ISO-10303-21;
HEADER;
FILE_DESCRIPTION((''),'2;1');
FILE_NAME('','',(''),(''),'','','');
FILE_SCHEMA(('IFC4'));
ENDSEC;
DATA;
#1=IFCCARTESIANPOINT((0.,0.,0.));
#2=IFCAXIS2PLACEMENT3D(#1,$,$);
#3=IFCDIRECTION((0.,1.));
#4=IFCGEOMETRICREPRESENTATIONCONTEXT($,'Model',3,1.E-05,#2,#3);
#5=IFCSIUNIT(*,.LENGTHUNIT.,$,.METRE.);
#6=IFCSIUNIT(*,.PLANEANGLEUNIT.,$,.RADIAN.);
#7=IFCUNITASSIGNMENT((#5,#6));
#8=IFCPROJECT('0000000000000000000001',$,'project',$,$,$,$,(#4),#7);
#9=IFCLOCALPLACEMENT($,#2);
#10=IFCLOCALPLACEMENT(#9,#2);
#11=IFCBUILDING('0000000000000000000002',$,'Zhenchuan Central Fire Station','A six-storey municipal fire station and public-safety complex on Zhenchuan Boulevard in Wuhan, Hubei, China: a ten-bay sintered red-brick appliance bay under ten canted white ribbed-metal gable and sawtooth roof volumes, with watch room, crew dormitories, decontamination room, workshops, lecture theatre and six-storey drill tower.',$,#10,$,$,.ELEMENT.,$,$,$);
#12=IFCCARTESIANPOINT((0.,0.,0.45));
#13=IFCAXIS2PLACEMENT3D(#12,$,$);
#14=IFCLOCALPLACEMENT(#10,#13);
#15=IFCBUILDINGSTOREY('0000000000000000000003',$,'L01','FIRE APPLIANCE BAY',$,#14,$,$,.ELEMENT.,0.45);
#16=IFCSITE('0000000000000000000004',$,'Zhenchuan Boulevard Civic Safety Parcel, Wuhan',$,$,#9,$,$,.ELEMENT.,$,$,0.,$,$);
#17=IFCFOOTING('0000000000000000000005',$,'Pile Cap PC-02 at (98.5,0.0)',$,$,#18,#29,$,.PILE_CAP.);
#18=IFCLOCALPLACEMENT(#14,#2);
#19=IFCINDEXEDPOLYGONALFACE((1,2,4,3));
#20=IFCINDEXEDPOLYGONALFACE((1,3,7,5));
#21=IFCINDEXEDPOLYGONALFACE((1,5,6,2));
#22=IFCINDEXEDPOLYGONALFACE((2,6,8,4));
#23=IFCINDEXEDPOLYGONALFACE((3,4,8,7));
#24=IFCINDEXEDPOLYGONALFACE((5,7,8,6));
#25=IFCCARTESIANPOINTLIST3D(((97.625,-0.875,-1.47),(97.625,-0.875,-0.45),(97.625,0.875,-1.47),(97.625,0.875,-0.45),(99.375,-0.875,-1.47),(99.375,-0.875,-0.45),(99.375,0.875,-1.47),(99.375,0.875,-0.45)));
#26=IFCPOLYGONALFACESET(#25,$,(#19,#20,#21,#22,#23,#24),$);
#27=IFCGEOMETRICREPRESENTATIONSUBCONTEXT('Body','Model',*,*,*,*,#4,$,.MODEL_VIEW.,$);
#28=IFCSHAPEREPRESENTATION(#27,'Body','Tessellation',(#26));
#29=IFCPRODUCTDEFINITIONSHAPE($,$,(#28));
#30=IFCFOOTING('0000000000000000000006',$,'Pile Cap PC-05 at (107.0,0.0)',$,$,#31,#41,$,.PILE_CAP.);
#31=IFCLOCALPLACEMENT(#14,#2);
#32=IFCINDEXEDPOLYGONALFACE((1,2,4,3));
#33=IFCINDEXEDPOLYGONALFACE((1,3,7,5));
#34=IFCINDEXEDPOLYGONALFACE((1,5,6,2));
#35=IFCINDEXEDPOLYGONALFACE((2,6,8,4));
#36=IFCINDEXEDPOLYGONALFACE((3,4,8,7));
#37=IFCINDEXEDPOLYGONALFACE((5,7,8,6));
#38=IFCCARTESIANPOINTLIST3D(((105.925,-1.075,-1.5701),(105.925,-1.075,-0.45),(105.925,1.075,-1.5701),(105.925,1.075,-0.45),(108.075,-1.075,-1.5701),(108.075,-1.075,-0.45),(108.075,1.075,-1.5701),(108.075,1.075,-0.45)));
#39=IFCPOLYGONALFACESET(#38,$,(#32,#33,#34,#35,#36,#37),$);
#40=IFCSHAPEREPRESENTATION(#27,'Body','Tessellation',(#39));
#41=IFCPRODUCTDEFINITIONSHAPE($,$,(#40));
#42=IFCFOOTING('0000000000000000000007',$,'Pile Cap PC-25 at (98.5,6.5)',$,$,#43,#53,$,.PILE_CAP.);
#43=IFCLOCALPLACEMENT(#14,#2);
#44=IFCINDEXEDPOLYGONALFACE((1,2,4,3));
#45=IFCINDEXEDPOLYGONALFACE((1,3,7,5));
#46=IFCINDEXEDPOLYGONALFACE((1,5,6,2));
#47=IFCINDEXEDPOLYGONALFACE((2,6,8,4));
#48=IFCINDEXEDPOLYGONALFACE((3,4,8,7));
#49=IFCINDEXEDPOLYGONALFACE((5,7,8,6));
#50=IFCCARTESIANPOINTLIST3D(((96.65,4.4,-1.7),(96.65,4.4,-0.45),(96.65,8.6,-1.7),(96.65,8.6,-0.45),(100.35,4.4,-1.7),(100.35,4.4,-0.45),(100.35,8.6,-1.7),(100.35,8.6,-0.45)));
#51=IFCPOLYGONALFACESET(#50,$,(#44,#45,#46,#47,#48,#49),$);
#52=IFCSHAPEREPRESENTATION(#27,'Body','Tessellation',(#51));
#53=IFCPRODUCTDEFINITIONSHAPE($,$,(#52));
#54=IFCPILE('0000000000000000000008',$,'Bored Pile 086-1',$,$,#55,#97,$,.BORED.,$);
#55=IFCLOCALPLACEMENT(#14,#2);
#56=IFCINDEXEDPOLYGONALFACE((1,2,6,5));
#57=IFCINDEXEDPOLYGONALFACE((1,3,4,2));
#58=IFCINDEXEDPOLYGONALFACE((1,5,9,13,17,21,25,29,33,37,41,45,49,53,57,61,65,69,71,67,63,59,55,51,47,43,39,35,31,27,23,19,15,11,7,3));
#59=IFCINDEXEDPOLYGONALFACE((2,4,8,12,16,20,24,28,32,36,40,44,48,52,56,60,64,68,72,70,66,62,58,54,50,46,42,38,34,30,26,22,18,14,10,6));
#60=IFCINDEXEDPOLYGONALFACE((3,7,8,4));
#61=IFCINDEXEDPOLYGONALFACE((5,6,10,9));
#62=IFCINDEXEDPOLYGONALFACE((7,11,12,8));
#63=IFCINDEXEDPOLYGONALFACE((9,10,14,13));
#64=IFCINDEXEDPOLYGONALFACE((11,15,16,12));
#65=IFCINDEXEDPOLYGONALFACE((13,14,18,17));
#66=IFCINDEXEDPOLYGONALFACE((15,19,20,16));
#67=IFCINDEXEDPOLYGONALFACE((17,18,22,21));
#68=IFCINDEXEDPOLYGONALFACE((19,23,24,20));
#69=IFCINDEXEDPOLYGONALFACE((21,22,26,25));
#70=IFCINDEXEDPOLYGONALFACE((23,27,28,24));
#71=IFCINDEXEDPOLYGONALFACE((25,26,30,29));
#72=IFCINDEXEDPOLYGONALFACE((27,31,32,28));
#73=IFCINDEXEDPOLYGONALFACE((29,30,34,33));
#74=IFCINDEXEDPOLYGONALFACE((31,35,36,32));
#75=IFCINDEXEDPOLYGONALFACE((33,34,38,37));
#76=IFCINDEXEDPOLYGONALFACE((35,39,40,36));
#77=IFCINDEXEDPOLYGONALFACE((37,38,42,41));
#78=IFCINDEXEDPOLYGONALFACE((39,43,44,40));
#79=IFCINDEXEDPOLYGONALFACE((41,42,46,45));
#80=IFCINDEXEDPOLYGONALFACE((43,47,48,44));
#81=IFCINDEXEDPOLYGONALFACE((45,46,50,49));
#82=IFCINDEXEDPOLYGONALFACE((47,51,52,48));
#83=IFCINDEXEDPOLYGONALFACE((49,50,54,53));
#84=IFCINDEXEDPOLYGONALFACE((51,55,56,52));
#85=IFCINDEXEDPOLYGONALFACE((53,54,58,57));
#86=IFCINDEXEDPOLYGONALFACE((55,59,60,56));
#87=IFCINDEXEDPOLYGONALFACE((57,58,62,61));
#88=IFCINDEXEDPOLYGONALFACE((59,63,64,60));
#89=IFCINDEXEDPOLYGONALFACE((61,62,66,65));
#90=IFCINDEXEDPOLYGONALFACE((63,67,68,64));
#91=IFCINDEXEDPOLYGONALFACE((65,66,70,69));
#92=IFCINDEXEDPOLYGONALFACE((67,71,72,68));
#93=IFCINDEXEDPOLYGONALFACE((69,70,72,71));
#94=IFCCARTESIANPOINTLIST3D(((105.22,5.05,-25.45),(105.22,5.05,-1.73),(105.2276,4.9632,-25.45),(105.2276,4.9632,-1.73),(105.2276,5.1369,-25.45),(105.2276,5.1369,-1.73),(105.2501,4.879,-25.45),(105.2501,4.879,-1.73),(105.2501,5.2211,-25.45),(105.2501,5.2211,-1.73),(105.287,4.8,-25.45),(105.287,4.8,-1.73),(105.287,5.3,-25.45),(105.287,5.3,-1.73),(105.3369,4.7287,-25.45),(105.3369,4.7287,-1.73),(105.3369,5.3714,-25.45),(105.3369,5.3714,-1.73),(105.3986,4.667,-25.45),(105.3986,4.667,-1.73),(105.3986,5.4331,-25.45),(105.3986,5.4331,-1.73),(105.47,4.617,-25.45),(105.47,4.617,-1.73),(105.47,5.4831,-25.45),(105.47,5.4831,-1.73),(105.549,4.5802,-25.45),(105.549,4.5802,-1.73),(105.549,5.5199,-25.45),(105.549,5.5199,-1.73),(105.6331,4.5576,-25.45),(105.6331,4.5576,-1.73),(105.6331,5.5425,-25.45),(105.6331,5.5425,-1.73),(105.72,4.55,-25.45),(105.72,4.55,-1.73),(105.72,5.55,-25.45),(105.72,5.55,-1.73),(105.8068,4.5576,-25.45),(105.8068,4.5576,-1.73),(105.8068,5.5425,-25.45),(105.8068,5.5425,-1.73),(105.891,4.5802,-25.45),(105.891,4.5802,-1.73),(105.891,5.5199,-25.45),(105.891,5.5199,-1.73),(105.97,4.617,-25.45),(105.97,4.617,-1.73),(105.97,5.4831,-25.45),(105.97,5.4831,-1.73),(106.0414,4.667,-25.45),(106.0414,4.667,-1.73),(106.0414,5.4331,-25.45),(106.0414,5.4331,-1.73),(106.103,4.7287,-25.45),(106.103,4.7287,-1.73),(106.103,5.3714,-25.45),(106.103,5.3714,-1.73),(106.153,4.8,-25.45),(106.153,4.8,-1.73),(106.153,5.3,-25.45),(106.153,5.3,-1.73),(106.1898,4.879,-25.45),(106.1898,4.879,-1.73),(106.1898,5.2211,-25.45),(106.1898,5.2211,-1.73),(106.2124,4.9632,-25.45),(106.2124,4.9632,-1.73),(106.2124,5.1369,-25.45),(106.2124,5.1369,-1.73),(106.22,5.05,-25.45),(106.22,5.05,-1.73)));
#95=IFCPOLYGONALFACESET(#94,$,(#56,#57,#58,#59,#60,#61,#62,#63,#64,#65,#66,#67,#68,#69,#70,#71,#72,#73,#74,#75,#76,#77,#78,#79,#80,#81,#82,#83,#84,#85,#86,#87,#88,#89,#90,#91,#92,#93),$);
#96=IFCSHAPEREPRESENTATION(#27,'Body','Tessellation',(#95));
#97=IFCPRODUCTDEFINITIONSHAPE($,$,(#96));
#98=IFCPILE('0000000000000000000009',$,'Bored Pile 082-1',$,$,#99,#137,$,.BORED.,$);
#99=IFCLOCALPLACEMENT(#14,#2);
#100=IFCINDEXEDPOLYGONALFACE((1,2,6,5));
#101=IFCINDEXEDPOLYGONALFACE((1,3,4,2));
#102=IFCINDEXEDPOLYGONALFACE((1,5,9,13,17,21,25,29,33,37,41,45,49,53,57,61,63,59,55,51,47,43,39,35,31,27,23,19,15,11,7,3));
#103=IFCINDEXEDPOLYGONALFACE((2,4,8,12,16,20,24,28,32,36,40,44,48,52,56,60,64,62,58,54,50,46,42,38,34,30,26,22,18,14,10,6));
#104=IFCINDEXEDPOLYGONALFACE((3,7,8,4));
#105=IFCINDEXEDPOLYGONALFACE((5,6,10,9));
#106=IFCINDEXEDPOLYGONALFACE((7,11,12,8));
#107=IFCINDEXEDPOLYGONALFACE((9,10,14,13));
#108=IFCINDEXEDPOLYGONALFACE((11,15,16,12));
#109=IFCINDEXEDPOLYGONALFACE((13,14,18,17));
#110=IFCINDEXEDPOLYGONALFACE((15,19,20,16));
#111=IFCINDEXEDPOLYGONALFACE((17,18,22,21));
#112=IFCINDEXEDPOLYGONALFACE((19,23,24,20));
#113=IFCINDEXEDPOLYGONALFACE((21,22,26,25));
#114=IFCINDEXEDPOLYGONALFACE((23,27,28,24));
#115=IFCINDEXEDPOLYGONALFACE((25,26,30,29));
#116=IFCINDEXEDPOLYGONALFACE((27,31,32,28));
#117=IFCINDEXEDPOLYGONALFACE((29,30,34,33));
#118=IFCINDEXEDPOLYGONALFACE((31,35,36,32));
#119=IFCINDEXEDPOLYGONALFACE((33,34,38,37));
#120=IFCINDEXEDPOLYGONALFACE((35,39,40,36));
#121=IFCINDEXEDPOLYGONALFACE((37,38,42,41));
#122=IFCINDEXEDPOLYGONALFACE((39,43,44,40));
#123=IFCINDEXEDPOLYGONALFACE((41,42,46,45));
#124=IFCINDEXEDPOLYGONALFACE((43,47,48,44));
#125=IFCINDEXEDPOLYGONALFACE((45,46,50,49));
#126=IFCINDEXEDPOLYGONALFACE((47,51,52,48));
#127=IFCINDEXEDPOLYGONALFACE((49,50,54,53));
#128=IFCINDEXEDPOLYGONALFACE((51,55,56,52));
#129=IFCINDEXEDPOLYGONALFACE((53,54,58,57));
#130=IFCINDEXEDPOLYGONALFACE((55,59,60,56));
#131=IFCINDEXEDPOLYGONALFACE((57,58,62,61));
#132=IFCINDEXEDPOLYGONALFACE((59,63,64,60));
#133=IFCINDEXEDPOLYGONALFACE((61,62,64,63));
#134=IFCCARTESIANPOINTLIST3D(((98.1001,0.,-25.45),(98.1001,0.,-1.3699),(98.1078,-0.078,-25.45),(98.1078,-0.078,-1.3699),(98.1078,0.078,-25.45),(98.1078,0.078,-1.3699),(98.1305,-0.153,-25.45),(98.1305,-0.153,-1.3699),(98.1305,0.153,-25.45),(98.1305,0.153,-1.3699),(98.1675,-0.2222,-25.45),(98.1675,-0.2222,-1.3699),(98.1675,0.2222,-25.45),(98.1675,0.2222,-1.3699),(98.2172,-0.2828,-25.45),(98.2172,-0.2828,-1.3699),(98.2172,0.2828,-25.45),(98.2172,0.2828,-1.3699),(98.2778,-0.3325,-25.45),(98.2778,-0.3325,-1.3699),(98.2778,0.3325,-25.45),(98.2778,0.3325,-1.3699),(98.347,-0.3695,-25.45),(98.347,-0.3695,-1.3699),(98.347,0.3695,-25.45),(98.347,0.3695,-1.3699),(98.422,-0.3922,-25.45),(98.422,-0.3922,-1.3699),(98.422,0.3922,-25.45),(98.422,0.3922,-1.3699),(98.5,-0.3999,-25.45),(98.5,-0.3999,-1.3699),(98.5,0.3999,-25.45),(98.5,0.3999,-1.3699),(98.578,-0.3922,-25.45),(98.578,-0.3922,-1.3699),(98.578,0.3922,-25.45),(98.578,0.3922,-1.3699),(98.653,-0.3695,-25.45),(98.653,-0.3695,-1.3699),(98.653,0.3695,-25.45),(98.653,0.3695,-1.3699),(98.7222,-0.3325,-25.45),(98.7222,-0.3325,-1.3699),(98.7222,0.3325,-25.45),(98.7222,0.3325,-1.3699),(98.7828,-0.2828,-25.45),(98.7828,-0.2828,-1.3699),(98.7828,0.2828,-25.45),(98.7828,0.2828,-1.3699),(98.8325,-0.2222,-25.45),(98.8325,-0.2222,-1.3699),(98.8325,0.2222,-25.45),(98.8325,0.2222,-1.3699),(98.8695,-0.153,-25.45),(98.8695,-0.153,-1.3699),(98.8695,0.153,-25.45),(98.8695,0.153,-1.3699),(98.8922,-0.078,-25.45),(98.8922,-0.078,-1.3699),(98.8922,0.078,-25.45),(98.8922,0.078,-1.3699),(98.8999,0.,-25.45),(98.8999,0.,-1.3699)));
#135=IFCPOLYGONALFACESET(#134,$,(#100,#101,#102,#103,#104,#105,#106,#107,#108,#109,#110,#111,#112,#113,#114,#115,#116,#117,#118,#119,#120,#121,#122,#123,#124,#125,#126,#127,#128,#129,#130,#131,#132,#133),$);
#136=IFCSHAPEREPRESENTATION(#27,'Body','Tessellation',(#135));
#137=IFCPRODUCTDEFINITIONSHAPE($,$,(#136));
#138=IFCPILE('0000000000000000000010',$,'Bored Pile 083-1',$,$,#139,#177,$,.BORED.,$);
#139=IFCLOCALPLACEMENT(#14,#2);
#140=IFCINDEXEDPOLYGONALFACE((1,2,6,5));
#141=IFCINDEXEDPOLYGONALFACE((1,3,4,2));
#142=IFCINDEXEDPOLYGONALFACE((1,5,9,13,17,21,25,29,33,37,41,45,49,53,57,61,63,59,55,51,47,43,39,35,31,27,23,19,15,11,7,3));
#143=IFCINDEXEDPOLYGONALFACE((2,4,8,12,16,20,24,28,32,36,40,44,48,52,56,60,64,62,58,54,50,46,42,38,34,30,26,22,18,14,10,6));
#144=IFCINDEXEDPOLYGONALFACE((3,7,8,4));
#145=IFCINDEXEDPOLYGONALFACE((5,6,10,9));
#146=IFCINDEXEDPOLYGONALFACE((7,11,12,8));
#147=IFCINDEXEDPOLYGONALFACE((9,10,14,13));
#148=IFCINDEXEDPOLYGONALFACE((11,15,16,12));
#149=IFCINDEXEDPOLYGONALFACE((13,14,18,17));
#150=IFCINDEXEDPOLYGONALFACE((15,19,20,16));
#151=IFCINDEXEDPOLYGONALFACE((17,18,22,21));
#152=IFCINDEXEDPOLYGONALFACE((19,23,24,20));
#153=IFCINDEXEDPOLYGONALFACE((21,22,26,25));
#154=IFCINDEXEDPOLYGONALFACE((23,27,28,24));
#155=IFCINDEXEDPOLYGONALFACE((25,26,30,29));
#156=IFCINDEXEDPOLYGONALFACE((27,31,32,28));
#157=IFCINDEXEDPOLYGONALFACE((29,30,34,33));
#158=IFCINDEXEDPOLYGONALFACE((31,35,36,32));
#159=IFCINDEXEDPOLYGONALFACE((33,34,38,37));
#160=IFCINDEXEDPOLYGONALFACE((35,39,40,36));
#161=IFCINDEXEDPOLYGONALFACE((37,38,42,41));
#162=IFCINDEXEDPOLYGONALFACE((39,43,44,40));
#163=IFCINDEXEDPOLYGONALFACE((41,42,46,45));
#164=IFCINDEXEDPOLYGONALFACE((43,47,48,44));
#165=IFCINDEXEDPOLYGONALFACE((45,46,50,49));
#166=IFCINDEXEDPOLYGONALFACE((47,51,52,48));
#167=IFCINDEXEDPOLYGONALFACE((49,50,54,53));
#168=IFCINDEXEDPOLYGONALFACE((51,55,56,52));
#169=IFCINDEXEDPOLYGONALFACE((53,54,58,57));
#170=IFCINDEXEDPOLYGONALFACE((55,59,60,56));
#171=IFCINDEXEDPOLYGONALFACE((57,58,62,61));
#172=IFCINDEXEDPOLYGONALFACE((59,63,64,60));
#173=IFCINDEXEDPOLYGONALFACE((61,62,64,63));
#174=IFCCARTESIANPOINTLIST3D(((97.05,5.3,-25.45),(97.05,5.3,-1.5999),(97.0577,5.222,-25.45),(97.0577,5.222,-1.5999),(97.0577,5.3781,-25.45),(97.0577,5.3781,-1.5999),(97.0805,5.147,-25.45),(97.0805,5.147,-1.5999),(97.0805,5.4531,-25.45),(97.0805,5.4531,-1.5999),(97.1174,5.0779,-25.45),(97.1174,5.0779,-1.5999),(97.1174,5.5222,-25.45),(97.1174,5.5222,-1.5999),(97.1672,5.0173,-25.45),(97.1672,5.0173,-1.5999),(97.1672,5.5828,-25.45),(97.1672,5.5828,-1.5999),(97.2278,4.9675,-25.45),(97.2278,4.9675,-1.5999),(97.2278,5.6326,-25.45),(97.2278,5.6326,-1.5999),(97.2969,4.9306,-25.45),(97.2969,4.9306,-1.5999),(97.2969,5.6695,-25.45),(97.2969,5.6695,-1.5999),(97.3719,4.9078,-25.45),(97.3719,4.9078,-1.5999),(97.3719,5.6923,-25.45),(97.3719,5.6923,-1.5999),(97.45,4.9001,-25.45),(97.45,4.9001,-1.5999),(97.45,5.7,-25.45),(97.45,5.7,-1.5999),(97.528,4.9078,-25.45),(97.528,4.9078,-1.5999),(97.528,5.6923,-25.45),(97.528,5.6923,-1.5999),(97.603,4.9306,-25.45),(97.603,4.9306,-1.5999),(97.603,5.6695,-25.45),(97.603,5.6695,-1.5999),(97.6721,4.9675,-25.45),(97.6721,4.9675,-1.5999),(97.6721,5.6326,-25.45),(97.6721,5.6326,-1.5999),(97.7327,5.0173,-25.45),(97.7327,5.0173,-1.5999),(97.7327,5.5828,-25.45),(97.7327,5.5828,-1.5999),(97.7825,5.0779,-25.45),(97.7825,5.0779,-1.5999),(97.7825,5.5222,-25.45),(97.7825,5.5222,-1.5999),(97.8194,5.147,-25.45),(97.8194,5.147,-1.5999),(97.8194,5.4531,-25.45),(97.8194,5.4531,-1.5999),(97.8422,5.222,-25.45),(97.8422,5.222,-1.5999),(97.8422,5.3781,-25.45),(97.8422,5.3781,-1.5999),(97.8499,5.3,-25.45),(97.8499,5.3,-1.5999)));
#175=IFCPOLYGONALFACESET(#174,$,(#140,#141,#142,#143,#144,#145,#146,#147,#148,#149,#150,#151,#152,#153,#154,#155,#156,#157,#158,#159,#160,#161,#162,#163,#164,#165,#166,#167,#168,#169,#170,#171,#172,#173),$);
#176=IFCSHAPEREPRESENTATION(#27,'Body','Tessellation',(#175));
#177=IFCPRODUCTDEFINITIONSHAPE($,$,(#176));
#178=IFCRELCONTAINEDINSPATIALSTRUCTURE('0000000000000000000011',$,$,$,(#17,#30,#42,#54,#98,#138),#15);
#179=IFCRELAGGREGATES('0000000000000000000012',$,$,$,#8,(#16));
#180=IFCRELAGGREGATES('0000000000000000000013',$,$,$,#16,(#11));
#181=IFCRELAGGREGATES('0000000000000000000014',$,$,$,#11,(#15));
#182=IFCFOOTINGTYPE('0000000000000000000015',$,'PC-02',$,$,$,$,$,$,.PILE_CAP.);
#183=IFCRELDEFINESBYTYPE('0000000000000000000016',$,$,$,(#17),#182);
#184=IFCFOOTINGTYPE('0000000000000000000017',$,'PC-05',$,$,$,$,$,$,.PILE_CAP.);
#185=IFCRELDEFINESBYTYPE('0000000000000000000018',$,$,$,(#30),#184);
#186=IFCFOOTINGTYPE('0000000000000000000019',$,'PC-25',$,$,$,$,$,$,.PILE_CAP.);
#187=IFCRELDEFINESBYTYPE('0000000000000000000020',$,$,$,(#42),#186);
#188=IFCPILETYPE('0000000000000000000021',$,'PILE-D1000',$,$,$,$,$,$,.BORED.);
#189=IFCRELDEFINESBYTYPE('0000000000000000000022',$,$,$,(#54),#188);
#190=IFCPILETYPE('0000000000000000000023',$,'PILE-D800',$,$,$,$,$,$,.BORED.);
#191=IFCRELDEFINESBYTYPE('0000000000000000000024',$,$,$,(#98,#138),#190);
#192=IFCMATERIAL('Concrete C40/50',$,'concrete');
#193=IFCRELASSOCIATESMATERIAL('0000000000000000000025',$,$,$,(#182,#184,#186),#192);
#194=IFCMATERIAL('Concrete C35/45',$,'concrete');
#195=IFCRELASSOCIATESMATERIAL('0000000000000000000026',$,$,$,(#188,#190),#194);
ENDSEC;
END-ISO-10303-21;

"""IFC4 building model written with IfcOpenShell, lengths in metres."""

from ifc_helpers import new_model, si_unit, direction, frame, origin, origin_2d, place, context, subcontext, project, spatial, rectangle, circle, extrude, material, material_profile, profile_set, type_object, element, save


model = new_model("IFC4")

# Units and contexts
model_context = context("Model", 3, precision=1e-05, world=origin(), true_north=direction((0.0, 1.0)))
body_context = subcontext(model_context, "Body", "Model", "MODEL_VIEW")
ifc_project = project(units=[si_unit("LENGTHUNIT", "METRE"), si_unit("PLANEANGLEUNIT", "RADIAN")], contexts=[model_context])

# Site, building, storey
site_placement = place(None, origin())
site = spatial("IfcSite", under=ifc_project, at=site_placement, Name="Zhenchuan Boulevard Civic Safety Parcel, Wuhan", CompositionType="ELEMENT", RefElevation=0.0)
building_placement = place(site_placement, origin())
building = spatial("IfcBuilding", under=site, at=building_placement, Name="Zhenchuan Central Fire Station", Description="A six-storey municipal fire station and public-safety complex on Zhenchuan Boulevard in Wuhan, Hubei, China: a ten-bay sintered red-brick appliance bay under ten canted white ribbed-metal gable and sawtooth roof volumes, with watch room, crew dormitories, decontamination room, workshops, lecture theatre and six-storey drill tower.", CompositionType="ELEMENT")
storey_placement = place(building_placement, frame((0.0, 0.0, 0.45)))
storey = spatial("IfcBuildingStorey", under=building, at=storey_placement, Name="L01", Description="FIRE APPLIANCE BAY", CompositionType="ELEMENT", Elevation=0.45)

# Footings
ifc_material_1 = material(Name="Concrete C40/50", Category="concrete")
footing_type_1 = type_object("IfcFootingType", Name="PC-02", PredefinedType="PILE_CAP", material=ifc_material_1)
footing_1_placement = place(storey_placement, frame((98.5, 0.0, -1.47), z_axis=(0.0, 0.0, 1.0), x_axis=(1.0, 0.0, 0.0)))
element("IfcFooting", 1, at=footing_1_placement, inside=storey, type_object=footing_type_1, Name="Pile Cap PC-02 at (98.5,0.0)", PredefinedType="PILE_CAP", context=body_context, shape_type="SweptSolid", body=[
    extrude(rectangle(XDim=1.75, YDim=1.75, at=origin_2d()), origin(), (0.0, 0.0, 1.0), 1.02),
])
footing_type_2 = type_object("IfcFootingType", Name="PC-05", PredefinedType="PILE_CAP", material=ifc_material_1)
footing_2_placement = place(storey_placement, frame((107.0, 0.0, -1.5701), z_axis=(0.0, 0.0, 1.0), x_axis=(1.0, 0.0, 0.0)))
element("IfcFooting", 2, at=footing_2_placement, inside=storey, type_object=footing_type_2, Name="Pile Cap PC-05 at (107.0,0.0)", PredefinedType="PILE_CAP", context=body_context, shape_type="SweptSolid", body=[
    extrude(rectangle(XDim=2.1499, YDim=2.1499, at=origin_2d()), origin(), (0.0, 0.0, 1.0), 1.1201),
])
footing_type_3 = type_object("IfcFootingType", Name="PC-25", PredefinedType="PILE_CAP", material=ifc_material_1)
footing_3_placement = place(storey_placement, frame((98.5, 6.5, -1.7), z_axis=(0.0, 0.0, 1.0), x_axis=(1.0, 0.0, 0.0)))
element("IfcFooting", 3, at=footing_3_placement, inside=storey, type_object=footing_type_3, Name="Pile Cap PC-25 at (98.5,6.5)", PredefinedType="PILE_CAP", context=body_context, shape_type="SweptSolid", body=[
    extrude(rectangle(XDim=3.7, YDim=4.2, at=origin_2d()), origin(), (0.0, 0.0, 1.0), 1.25),
])

# Piles
ifc_material_2 = material(Name="Concrete C35/45", Category="concrete")
ifc_material_profile_1 = material_profile(ifc_material_2, circle(Radius=0.5, at=origin_2d()), Name="PILE D1000")
ifc_profile_set_1 = profile_set([ifc_material_profile_1], Name="Concrete C35/45")
pile_type_1 = type_object("IfcPileType", Name="PILE-D1000", PredefinedType="BORED", material=ifc_profile_set_1)
pile_1_placement = place(storey_placement, frame((105.72, 5.05, -1.73), z_axis=(0.0, 0.0, -1.0), x_axis=(1.0, 0.0, 0.0)))
element("IfcPile", 4, at=pile_1_placement, inside=storey, type_object=pile_type_1, Name="Bored Pile 086-1", PredefinedType="BORED", context=body_context, shape_type="SweptSolid", body=[
    extrude(circle(Radius=0.5, at=origin_2d()), origin(), (0.0, 0.0, 1.0), 23.72),
])
ifc_material_profile_2 = material_profile(ifc_material_2, circle(Radius=0.3999, at=origin_2d()), Name="PILE D800")
ifc_profile_set_2 = profile_set([ifc_material_profile_2], Name="Concrete C35/45")
pile_type_2 = type_object("IfcPileType", Name="PILE-D800", PredefinedType="BORED", material=ifc_profile_set_2)
pile_2_placement = place(storey_placement, frame((98.5, 0.0, -1.3699), z_axis=(0.0, 0.0, -1.0), x_axis=(1.0, 0.0, 0.0)))
element("IfcPile", 5, at=pile_2_placement, inside=storey, type_object=pile_type_2, Name="Bored Pile 082-1", PredefinedType="BORED", context=body_context, shape_type="SweptSolid", body=[
    extrude(circle(Radius=0.3999, at=origin_2d()), origin(), (0.0, 0.0, 1.0), 24.0801),
])
for number, where, z_axis, x_axis, name in (
    (6, (97.45, 5.3, -1.5999), (0.0, 0.0, -1.0), (1.0, 0.0, 0.0), "Bored Pile 083-1"),
):
    element("IfcPile", number, at=place(storey_placement, frame(where, z_axis=z_axis, x_axis=x_axis)), inside=storey, type_object=pile_type_2, Name=name, PredefinedType="BORED", context=body_context, shape_type="SweptSolid", body=[
        extrude(circle(Radius=0.3999, at=origin_2d()), origin(), (0.0, 0.0, 1.0), 23.8501),
    ])

save(model, "model.ifc")
